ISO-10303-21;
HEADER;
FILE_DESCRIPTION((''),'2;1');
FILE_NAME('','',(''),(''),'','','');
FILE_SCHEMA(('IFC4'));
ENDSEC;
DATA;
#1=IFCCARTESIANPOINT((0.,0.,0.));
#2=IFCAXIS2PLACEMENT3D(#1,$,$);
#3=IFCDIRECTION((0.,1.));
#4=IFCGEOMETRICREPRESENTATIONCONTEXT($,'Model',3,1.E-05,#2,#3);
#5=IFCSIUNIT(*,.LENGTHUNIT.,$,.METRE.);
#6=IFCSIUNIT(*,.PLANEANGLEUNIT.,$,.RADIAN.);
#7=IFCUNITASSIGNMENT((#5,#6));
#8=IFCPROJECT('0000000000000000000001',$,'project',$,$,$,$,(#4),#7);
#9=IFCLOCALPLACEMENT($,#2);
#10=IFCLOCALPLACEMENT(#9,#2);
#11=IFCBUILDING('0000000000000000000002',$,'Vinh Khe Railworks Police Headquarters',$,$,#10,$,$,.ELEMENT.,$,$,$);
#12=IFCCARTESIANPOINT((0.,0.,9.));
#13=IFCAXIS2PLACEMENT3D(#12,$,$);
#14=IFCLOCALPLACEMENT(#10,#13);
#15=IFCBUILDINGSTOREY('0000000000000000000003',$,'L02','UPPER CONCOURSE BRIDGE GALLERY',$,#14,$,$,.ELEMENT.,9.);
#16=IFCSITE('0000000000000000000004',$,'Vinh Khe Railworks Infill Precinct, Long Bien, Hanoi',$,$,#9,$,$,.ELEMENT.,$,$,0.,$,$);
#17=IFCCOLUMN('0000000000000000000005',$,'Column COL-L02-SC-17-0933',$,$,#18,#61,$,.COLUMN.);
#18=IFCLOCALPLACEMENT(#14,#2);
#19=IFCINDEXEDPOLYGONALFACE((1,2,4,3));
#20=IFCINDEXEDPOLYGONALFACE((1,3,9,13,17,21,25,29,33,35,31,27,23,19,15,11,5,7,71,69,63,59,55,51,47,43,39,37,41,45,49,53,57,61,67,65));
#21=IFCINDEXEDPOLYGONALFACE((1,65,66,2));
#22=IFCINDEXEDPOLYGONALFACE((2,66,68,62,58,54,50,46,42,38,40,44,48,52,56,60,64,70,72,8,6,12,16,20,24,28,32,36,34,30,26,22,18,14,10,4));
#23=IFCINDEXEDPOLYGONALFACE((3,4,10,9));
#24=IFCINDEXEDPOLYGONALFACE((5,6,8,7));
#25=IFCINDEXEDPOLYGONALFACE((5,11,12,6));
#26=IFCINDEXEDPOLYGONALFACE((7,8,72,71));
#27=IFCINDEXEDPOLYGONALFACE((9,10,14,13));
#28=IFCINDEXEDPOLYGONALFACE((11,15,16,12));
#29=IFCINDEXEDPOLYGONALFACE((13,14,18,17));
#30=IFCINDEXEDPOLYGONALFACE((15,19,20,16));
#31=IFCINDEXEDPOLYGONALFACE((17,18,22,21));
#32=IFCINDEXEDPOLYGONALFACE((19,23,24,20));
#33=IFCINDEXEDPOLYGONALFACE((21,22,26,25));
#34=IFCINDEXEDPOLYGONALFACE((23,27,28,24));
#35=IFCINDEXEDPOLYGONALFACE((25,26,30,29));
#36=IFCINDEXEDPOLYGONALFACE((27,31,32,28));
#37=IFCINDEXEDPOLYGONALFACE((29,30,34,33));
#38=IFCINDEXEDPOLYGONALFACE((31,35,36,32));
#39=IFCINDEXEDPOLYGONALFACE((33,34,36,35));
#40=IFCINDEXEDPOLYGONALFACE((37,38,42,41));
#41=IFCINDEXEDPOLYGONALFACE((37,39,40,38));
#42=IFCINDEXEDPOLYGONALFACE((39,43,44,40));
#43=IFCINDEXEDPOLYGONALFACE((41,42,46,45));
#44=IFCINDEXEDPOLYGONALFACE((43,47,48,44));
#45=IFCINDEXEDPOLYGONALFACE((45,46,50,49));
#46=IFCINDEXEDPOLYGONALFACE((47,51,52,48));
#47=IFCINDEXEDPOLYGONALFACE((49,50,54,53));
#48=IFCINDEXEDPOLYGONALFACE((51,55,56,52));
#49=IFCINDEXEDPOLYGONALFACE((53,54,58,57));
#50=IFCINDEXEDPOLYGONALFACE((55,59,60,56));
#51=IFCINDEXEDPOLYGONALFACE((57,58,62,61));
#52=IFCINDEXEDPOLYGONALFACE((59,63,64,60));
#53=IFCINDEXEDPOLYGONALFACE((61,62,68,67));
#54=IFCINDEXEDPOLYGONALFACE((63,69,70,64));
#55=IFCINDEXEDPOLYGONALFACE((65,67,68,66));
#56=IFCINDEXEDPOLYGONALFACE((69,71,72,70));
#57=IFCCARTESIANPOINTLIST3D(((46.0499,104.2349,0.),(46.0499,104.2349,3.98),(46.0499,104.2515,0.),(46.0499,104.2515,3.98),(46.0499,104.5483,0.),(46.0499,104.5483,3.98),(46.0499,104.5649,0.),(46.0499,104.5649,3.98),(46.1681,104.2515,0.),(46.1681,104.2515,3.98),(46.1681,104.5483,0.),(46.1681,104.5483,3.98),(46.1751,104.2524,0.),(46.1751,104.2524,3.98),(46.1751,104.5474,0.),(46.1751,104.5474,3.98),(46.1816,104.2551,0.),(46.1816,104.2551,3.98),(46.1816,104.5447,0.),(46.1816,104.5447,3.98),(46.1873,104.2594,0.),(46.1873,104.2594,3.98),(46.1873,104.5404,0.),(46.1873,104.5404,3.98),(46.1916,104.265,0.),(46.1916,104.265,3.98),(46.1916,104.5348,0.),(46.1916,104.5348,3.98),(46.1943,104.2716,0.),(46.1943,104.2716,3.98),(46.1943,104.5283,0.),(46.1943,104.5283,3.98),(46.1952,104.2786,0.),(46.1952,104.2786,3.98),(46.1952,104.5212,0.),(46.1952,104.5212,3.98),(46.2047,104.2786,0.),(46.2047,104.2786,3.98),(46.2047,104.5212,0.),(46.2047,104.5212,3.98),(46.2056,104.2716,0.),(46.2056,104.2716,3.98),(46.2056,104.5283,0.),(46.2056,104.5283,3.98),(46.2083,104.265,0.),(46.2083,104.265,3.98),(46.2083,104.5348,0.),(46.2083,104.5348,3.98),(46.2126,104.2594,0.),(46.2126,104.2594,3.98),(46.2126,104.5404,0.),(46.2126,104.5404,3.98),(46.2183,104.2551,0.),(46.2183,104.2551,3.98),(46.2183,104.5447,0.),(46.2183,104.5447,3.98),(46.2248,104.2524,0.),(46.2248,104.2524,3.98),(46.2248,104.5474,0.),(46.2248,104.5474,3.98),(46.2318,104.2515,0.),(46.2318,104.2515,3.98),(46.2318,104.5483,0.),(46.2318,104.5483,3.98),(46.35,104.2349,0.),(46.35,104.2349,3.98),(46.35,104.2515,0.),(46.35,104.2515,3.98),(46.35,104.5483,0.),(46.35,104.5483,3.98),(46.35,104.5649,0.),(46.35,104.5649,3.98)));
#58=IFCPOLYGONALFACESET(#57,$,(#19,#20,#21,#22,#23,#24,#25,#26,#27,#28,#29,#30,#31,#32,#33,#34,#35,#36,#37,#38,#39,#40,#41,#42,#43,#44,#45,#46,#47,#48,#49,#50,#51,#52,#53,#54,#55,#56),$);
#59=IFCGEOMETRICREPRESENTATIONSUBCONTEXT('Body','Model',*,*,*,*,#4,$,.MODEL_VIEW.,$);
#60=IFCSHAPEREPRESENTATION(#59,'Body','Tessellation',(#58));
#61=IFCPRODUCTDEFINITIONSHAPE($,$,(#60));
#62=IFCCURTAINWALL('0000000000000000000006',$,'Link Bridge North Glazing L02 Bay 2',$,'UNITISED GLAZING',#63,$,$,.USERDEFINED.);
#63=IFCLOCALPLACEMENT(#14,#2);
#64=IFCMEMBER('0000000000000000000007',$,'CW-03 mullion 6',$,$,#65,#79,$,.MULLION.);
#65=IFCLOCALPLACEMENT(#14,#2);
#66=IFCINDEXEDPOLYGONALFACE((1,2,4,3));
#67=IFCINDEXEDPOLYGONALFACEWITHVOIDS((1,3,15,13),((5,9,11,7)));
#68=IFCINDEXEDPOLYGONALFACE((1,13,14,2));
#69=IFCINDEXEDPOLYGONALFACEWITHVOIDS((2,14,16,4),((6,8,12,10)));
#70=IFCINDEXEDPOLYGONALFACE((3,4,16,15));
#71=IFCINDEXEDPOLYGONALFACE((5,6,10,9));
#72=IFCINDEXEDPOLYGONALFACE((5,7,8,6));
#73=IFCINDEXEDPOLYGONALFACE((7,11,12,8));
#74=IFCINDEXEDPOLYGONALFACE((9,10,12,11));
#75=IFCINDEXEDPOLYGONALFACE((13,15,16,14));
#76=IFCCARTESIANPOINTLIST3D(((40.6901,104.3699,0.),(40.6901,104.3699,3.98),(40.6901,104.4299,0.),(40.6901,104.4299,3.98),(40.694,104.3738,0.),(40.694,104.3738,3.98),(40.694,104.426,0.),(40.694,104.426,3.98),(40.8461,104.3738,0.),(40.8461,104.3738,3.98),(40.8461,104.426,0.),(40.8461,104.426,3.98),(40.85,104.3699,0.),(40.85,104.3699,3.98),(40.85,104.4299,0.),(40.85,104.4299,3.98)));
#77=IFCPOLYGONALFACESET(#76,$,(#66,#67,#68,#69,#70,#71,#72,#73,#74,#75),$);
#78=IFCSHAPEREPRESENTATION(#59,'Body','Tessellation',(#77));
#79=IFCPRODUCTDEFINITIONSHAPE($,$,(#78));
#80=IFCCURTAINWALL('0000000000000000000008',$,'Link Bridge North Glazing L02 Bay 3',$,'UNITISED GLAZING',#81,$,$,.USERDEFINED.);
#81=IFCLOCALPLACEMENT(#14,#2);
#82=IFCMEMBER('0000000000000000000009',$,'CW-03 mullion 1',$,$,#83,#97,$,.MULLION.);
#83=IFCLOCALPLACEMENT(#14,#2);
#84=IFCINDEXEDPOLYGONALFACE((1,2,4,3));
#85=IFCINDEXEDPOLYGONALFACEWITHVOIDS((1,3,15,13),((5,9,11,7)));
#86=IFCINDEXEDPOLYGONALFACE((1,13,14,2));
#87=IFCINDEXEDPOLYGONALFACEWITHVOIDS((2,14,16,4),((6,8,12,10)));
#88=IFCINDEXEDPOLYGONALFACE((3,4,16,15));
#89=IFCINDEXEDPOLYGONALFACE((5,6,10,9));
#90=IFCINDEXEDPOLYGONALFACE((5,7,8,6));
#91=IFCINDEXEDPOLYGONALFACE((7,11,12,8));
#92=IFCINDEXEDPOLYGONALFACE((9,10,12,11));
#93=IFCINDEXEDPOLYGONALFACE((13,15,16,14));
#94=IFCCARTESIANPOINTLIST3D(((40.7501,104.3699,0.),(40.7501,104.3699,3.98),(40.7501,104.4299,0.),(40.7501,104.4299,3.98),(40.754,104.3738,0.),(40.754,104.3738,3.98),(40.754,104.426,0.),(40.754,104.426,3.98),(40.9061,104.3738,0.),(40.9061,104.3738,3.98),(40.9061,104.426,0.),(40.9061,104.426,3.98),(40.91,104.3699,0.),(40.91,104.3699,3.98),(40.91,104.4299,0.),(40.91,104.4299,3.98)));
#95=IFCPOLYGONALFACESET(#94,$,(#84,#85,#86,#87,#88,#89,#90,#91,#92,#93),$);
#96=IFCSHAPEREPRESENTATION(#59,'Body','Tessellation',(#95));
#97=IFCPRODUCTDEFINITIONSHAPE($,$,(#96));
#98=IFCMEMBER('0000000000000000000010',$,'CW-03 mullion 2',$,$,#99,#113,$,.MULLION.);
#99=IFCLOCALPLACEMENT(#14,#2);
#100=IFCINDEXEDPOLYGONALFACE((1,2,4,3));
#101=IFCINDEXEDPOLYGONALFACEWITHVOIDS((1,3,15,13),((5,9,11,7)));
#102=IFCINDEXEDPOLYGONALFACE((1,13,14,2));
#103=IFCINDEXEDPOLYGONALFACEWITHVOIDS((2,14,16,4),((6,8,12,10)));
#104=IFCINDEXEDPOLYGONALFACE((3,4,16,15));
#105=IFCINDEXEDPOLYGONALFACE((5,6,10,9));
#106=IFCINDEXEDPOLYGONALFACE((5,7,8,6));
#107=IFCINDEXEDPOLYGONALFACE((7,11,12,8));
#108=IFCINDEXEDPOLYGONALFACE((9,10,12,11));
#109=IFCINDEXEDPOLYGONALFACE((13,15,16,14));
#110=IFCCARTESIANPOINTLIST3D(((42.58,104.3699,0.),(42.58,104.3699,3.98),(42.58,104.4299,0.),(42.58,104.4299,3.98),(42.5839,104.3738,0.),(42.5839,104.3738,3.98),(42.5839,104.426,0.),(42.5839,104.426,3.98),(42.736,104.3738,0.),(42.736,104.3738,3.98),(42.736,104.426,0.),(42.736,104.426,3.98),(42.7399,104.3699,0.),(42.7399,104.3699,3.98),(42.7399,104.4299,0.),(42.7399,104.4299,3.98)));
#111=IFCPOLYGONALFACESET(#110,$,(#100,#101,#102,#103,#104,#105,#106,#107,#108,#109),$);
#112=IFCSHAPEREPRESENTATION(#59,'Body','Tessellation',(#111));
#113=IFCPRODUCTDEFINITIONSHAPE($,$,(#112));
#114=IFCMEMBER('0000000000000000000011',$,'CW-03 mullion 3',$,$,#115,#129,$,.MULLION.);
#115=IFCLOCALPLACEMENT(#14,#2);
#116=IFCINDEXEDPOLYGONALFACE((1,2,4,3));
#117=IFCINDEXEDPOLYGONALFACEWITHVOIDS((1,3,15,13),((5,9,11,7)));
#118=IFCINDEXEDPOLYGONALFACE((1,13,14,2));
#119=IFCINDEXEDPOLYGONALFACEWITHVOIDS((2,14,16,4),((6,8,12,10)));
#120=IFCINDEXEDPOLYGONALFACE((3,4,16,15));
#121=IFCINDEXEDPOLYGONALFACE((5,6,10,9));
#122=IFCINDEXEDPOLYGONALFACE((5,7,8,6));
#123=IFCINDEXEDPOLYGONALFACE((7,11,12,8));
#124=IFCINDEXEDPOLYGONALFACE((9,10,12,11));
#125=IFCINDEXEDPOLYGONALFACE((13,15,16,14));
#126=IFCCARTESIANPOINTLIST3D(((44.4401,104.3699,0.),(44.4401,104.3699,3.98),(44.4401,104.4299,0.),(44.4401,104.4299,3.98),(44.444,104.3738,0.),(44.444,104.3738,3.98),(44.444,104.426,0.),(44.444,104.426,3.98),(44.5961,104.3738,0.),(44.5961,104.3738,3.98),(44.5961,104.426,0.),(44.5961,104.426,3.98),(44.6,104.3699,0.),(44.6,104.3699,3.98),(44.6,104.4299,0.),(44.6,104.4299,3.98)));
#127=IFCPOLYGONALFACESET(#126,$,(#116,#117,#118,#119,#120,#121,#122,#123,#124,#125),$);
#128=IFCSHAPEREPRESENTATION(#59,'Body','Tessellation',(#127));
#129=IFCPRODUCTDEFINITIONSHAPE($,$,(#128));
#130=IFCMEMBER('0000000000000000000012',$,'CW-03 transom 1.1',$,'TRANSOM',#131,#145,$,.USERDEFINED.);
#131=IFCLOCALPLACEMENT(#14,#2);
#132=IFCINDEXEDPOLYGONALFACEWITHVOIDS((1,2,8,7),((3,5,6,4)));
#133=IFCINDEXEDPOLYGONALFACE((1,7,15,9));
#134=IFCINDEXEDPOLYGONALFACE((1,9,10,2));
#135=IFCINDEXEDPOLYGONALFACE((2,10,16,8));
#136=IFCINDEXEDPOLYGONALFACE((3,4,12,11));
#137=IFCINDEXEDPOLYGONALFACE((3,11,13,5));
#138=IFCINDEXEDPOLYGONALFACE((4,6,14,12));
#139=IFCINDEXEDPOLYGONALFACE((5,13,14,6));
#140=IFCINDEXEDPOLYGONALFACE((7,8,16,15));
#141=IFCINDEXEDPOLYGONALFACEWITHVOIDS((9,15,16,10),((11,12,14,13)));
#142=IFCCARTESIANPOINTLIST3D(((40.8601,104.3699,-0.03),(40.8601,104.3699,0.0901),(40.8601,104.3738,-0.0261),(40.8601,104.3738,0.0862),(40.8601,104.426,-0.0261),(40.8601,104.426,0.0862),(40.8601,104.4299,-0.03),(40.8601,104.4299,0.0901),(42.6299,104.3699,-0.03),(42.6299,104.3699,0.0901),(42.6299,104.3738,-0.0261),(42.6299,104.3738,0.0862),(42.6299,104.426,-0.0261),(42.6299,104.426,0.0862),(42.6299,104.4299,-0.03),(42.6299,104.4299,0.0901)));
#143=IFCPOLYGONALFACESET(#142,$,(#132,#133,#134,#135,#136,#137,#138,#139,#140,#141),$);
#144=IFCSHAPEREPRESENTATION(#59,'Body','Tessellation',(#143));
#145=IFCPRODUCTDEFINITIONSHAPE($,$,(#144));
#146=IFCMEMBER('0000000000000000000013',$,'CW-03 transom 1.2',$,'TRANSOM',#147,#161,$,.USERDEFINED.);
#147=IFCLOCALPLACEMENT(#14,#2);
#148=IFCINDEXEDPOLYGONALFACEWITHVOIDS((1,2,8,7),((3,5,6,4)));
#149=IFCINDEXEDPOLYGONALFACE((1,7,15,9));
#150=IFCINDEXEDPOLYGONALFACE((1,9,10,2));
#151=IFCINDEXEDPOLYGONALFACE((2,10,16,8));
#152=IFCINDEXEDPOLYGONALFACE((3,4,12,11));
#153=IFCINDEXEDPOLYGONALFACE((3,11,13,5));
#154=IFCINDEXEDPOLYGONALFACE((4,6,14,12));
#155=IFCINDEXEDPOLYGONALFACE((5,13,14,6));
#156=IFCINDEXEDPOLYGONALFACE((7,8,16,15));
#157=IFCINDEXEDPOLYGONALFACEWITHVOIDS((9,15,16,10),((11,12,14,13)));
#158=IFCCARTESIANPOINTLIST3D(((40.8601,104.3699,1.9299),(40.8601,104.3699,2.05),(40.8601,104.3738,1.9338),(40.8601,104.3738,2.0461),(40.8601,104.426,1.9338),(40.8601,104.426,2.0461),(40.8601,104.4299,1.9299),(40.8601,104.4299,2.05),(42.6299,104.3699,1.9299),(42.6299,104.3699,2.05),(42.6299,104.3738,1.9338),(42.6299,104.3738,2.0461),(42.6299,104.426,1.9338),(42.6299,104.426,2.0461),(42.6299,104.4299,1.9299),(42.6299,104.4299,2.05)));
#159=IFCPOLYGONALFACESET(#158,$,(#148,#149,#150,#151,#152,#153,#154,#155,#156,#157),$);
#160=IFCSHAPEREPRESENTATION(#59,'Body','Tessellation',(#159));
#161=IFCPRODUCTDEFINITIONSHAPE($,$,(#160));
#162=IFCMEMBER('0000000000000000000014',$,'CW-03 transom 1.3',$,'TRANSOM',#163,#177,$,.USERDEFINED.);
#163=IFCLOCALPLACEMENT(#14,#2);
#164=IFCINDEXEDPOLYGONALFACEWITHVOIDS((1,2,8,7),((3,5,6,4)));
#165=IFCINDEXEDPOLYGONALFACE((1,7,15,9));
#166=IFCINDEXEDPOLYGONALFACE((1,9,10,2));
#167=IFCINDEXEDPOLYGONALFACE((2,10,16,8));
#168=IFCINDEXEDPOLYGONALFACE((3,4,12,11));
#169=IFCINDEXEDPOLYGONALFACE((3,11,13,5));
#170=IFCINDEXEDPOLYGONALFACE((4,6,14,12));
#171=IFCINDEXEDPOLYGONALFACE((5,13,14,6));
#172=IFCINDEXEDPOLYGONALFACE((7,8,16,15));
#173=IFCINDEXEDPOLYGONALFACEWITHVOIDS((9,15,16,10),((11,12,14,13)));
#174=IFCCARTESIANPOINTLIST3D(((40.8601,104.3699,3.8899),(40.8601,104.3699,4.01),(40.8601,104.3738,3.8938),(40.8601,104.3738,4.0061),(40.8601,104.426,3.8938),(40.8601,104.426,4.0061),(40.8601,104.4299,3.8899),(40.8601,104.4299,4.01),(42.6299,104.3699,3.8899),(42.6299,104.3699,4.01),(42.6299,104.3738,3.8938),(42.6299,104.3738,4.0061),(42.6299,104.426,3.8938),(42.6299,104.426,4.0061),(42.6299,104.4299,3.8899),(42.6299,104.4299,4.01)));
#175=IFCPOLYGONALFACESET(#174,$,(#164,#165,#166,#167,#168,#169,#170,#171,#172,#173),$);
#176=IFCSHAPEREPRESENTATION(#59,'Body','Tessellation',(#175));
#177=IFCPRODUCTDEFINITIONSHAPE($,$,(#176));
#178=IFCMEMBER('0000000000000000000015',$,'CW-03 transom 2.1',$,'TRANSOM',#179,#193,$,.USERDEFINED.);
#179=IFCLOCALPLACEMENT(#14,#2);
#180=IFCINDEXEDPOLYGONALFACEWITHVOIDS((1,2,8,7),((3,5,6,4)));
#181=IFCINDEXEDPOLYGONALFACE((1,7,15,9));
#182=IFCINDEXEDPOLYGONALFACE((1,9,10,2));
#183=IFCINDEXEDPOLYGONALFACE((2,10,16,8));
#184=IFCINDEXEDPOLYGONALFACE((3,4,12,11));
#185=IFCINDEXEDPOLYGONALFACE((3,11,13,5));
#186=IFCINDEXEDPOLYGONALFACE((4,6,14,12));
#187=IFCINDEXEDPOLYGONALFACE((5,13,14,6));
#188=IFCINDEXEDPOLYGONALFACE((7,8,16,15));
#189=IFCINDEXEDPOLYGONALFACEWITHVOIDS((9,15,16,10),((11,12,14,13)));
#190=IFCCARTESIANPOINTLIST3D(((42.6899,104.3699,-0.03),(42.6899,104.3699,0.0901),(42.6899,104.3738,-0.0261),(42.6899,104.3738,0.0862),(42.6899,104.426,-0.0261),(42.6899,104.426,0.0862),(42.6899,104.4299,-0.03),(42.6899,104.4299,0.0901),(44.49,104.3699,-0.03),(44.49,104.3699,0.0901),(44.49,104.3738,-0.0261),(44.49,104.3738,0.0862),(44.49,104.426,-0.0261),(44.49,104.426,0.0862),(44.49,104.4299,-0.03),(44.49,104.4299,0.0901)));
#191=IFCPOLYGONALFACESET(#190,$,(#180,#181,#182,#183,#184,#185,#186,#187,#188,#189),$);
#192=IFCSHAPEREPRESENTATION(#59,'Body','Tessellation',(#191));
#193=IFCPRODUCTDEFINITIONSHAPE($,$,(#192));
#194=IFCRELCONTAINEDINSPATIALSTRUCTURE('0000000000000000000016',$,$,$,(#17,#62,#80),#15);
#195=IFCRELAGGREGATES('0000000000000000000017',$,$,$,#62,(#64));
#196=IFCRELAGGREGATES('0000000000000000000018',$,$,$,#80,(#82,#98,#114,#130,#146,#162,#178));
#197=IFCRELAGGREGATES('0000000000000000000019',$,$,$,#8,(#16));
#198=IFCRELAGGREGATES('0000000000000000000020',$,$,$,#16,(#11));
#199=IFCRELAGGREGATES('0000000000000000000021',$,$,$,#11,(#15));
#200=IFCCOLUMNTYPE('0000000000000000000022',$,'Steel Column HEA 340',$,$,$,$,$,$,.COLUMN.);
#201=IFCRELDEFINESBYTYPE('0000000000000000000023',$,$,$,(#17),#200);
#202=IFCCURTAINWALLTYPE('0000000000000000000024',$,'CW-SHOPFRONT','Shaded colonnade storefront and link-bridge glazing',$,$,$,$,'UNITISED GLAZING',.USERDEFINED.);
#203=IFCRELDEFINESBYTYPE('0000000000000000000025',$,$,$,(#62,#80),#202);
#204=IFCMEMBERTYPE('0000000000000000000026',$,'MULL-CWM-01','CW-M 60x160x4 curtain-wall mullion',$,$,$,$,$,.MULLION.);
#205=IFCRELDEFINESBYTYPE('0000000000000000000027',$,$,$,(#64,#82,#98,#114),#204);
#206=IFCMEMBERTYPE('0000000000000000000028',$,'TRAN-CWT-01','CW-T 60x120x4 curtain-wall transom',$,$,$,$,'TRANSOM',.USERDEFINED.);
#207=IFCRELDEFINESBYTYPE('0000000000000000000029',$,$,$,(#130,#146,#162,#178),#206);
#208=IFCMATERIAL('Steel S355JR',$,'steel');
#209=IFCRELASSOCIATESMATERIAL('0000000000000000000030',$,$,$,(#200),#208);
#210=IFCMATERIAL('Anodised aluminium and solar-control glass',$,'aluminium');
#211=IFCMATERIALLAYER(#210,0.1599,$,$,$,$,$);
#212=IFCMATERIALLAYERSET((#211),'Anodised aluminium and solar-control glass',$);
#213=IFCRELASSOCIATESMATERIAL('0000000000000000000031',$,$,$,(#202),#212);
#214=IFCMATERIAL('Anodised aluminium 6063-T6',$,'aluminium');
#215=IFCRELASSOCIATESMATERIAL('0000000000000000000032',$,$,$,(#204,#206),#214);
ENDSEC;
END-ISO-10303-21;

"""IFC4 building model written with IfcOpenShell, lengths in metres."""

from ifc_helpers import new_model, si_unit, direction, frame, origin, origin_2d, place, context, subcontext, project, spatial, hollow_rectangle, i_section, extrude, material, layer, layer_set, material_profile, profile_set, type_object, element, aggregate, save


model = new_model("IFC4")

# Units and contexts
model_context = context("Model", 3, precision=1e-05, world=origin(), true_north=direction((0.0, 1.0)))
body_context = subcontext(model_context, "Body", "Model", "MODEL_VIEW")
ifc_project = project(units=[si_unit("LENGTHUNIT", "METRE"), si_unit("PLANEANGLEUNIT", "RADIAN")], contexts=[model_context])

# Site, building, storey
site_placement = place(None, origin())
site = spatial("IfcSite", under=ifc_project, at=site_placement, Name="Vinh Khe Railworks Infill Precinct, Long Bien, Hanoi", CompositionType="ELEMENT", RefElevation=0.0)
building_placement = place(site_placement, origin())
building = spatial("IfcBuilding", under=site, at=building_placement, Name="Vinh Khe Railworks Police Headquarters", CompositionType="ELEMENT")
storey_placement = place(building_placement, frame((0.0, 0.0, 9.0)))
storey = spatial("IfcBuildingStorey", under=building, at=storey_placement, Name="L02", Description="UPPER CONCOURSE BRIDGE GALLERY", CompositionType="ELEMENT", Elevation=9.0)

# Column
ifc_material_1 = material(Name="Steel S355JR", Category="steel")
ifc_material_profile_1 = material_profile(ifc_material_1, i_section(OverallWidth=0.3, OverallDepth=0.3301, WebThickness=0.0095, FlangeThickness=0.0166, FilletRadius=0.0271, at=origin_2d()), Name="HEA 340")
ifc_profile_set_1 = profile_set([ifc_material_profile_1], Name="Steel S355JR")
column_type = type_object("IfcColumnType", Name="Steel Column HEA 340", PredefinedType="COLUMN", material=ifc_profile_set_1)
column_placement = place(storey_placement, frame((46.2, 104.3999, 0.0), z_axis=(0.0, 0.0, 1.0), x_axis=(1.0, 0.0, 0.0)))
element("IfcColumn", 1, at=column_placement, inside=storey, type_object=column_type, Name="Column COL-L02-SC-17-0933", PredefinedType="COLUMN", context=body_context, shape_type="SweptSolid", body=[
    extrude(i_section(OverallWidth=0.3, OverallDepth=0.3301, WebThickness=0.0095, FlangeThickness=0.0166, FilletRadius=0.0271, at=origin_2d()), origin(), (0.0, 0.0, 1.0), 3.98),
])

# Curtain wall, member
ifc_material_2 = material(Name="Anodised aluminium and solar-control glass", Category="aluminium")
ifc_layer_1 = layer(ifc_material_2, 0.1599)
ifc_layer_set_1 = layer_set([ifc_layer_1], Name="Anodised aluminium and solar-control glass")
curtain_wall_type = type_object("IfcCurtainWallType", Name="CW-SHOPFRONT", Description="Shaded colonnade storefront and link-bridge glazing", ElementType="UNITISED GLAZING", PredefinedType="USERDEFINED", material=ifc_layer_set_1)
curtain_wall_1_placement = place(storey_placement, origin())
curtain_wall_1 = element("IfcCurtainWall", 2, at=curtain_wall_1_placement, inside=storey, type_object=curtain_wall_type, Name="Link Bridge North Glazing L02 Bay 2", ObjectType="UNITISED GLAZING", PredefinedType="USERDEFINED")
ifc_material_3 = material(Name="Anodised aluminium 6063-T6", Category="aluminium")
ifc_material_profile_2 = material_profile(ifc_material_3, hollow_rectangle(XDim=0.0601, YDim=0.1599, WallThickness=0.0039, at=origin_2d()), Name="CW-M 60x160x4")
ifc_profile_set_2 = profile_set([ifc_material_profile_2], Name="Anodised aluminium 6063-T6")
member_type_1 = type_object("IfcMemberType", Name="MULL-CWM-01", Description="CW-M 60x160x4 curtain-wall mullion", PredefinedType="MULLION", material=ifc_profile_set_2)
member_1_placement = place(storey_placement, frame((40.77, 104.3999, 0.0), z_axis=(0.0, 0.0, 1.0), x_axis=(0.0, 1.0, 0.0)))
member_1 = element("IfcMember", 3, at=member_1_placement, type_object=member_type_1, Name="CW-03 mullion 6", PredefinedType="MULLION", context=body_context, shape_type="SweptSolid", body=[
    extrude(hollow_rectangle(XDim=0.0601, YDim=0.1599, WallThickness=0.0039, at=origin_2d()), origin(), (0.0, 0.0, 1.0), 3.98),
])

# Curtain wall, members
curtain_wall_2_placement = place(storey_placement, origin())
curtain_wall_2 = element("IfcCurtainWall", 4, at=curtain_wall_2_placement, inside=storey, type_object=curtain_wall_type, Name="Link Bridge North Glazing L02 Bay 3", ObjectType="UNITISED GLAZING", PredefinedType="USERDEFINED")
member_2_placement = place(storey_placement, frame((40.8301, 104.3999, 0.0), z_axis=(0.0, 0.0, 1.0), x_axis=(0.0, 1.0, 0.0)))
member_2 = element("IfcMember", 5, at=member_2_placement, type_object=member_type_1, Name="CW-03 mullion 1", PredefinedType="MULLION", context=body_context, shape_type="SweptSolid", body=[
    extrude(hollow_rectangle(XDim=0.0601, YDim=0.1599, WallThickness=0.0039, at=origin_2d()), origin(), (0.0, 0.0, 1.0), 3.98),
])
member_3_placement = place(storey_placement, frame((42.6599, 104.3999, 0.0), z_axis=(0.0, 0.0, 1.0), x_axis=(0.0, 1.0, 0.0)))
member_3 = element("IfcMember", 6, at=member_3_placement, type_object=member_type_1, Name="CW-03 mullion 2", PredefinedType="MULLION", context=body_context, shape_type="SweptSolid", body=[
    extrude(hollow_rectangle(XDim=0.0601, YDim=0.1599, WallThickness=0.0039, at=origin_2d()), origin(), (0.0, 0.0, 1.0), 3.98),
])
member_4_placement = place(storey_placement, frame((44.52, 104.3999, 0.0), z_axis=(0.0, 0.0, 1.0), x_axis=(0.0, 1.0, 0.0)))
member_4 = element("IfcMember", 7, at=member_4_placement, type_object=member_type_1, Name="CW-03 mullion 3", PredefinedType="MULLION", context=body_context, shape_type="SweptSolid", body=[
    extrude(hollow_rectangle(XDim=0.0601, YDim=0.1599, WallThickness=0.0039, at=origin_2d()), origin(), (0.0, 0.0, 1.0), 3.98),
])
ifc_material_profile_3 = material_profile(ifc_material_3, hollow_rectangle(XDim=0.0601, YDim=0.1201, WallThickness=0.0039, at=origin_2d()), Name="CW-T 60x120x4")
ifc_profile_set_3 = profile_set([ifc_material_profile_3], Name="Anodised aluminium 6063-T6")
member_type_2 = type_object("IfcMemberType", Name="TRAN-CWT-01", Description="CW-T 60x120x4 curtain-wall transom", ElementType="TRANSOM", PredefinedType="USERDEFINED", material=ifc_profile_set_3)
member_5_placement = place(storey_placement, frame((40.8601, 104.3999, 0.03), z_axis=(1.0, 0.0, 0.0), x_axis=(0.0, 1.0, 0.0)))
member_5 = element("IfcMember", 8, at=member_5_placement, type_object=member_type_2, Name="CW-03 transom 1.1", ObjectType="TRANSOM", PredefinedType="USERDEFINED", context=body_context, shape_type="SweptSolid", body=[
    extrude(hollow_rectangle(XDim=0.0601, YDim=0.1201, WallThickness=0.0039, at=origin_2d()), origin(), (0.0, 0.0, 1.0), 1.7698),
])
member_6_placement = place(storey_placement, frame((40.8601, 104.3999, 1.99), z_axis=(1.0, 0.0, 0.0), x_axis=(0.0, 1.0, 0.0)))
member_6 = element("IfcMember", 9, at=member_6_placement, type_object=member_type_2, Name="CW-03 transom 1.2", ObjectType="TRANSOM", PredefinedType="USERDEFINED", context=body_context, shape_type="SweptSolid", body=[
    extrude(hollow_rectangle(XDim=0.0601, YDim=0.1201, WallThickness=0.0039, at=origin_2d()), origin(), (0.0, 0.0, 1.0), 1.7698),
])
member_7_placement = place(storey_placement, frame((40.8601, 104.3999, 3.95), z_axis=(1.0, 0.0, 0.0), x_axis=(0.0, 1.0, 0.0)))
member_7 = element("IfcMember", 10, at=member_7_placement, type_object=member_type_2, Name="CW-03 transom 1.3", ObjectType="TRANSOM", PredefinedType="USERDEFINED", context=body_context, shape_type="SweptSolid", body=[
    extrude(hollow_rectangle(XDim=0.0601, YDim=0.1201, WallThickness=0.0039, at=origin_2d()), origin(), (0.0, 0.0, 1.0), 1.7698),
])
member_8_placement = place(storey_placement, frame((42.6899, 104.3999, 0.03), z_axis=(1.0, 0.0, 0.0), x_axis=(0.0, 1.0, 0.0)))
member_8 = element("IfcMember", 11, at=member_8_placement, type_object=member_type_2, Name="CW-03 transom 2.1", ObjectType="TRANSOM", PredefinedType="USERDEFINED", context=body_context, shape_type="SweptSolid", body=[
    extrude(hollow_rectangle(XDim=0.0601, YDim=0.1201, WallThickness=0.0039, at=origin_2d()), origin(), (0.0, 0.0, 1.0), 1.8),
])

aggregate(curtain_wall_1, [member_1])
aggregate(curtain_wall_2, [member_2, member_3, member_4, member_5, member_6, member_7, member_8])

save(model, "model.ifc")
